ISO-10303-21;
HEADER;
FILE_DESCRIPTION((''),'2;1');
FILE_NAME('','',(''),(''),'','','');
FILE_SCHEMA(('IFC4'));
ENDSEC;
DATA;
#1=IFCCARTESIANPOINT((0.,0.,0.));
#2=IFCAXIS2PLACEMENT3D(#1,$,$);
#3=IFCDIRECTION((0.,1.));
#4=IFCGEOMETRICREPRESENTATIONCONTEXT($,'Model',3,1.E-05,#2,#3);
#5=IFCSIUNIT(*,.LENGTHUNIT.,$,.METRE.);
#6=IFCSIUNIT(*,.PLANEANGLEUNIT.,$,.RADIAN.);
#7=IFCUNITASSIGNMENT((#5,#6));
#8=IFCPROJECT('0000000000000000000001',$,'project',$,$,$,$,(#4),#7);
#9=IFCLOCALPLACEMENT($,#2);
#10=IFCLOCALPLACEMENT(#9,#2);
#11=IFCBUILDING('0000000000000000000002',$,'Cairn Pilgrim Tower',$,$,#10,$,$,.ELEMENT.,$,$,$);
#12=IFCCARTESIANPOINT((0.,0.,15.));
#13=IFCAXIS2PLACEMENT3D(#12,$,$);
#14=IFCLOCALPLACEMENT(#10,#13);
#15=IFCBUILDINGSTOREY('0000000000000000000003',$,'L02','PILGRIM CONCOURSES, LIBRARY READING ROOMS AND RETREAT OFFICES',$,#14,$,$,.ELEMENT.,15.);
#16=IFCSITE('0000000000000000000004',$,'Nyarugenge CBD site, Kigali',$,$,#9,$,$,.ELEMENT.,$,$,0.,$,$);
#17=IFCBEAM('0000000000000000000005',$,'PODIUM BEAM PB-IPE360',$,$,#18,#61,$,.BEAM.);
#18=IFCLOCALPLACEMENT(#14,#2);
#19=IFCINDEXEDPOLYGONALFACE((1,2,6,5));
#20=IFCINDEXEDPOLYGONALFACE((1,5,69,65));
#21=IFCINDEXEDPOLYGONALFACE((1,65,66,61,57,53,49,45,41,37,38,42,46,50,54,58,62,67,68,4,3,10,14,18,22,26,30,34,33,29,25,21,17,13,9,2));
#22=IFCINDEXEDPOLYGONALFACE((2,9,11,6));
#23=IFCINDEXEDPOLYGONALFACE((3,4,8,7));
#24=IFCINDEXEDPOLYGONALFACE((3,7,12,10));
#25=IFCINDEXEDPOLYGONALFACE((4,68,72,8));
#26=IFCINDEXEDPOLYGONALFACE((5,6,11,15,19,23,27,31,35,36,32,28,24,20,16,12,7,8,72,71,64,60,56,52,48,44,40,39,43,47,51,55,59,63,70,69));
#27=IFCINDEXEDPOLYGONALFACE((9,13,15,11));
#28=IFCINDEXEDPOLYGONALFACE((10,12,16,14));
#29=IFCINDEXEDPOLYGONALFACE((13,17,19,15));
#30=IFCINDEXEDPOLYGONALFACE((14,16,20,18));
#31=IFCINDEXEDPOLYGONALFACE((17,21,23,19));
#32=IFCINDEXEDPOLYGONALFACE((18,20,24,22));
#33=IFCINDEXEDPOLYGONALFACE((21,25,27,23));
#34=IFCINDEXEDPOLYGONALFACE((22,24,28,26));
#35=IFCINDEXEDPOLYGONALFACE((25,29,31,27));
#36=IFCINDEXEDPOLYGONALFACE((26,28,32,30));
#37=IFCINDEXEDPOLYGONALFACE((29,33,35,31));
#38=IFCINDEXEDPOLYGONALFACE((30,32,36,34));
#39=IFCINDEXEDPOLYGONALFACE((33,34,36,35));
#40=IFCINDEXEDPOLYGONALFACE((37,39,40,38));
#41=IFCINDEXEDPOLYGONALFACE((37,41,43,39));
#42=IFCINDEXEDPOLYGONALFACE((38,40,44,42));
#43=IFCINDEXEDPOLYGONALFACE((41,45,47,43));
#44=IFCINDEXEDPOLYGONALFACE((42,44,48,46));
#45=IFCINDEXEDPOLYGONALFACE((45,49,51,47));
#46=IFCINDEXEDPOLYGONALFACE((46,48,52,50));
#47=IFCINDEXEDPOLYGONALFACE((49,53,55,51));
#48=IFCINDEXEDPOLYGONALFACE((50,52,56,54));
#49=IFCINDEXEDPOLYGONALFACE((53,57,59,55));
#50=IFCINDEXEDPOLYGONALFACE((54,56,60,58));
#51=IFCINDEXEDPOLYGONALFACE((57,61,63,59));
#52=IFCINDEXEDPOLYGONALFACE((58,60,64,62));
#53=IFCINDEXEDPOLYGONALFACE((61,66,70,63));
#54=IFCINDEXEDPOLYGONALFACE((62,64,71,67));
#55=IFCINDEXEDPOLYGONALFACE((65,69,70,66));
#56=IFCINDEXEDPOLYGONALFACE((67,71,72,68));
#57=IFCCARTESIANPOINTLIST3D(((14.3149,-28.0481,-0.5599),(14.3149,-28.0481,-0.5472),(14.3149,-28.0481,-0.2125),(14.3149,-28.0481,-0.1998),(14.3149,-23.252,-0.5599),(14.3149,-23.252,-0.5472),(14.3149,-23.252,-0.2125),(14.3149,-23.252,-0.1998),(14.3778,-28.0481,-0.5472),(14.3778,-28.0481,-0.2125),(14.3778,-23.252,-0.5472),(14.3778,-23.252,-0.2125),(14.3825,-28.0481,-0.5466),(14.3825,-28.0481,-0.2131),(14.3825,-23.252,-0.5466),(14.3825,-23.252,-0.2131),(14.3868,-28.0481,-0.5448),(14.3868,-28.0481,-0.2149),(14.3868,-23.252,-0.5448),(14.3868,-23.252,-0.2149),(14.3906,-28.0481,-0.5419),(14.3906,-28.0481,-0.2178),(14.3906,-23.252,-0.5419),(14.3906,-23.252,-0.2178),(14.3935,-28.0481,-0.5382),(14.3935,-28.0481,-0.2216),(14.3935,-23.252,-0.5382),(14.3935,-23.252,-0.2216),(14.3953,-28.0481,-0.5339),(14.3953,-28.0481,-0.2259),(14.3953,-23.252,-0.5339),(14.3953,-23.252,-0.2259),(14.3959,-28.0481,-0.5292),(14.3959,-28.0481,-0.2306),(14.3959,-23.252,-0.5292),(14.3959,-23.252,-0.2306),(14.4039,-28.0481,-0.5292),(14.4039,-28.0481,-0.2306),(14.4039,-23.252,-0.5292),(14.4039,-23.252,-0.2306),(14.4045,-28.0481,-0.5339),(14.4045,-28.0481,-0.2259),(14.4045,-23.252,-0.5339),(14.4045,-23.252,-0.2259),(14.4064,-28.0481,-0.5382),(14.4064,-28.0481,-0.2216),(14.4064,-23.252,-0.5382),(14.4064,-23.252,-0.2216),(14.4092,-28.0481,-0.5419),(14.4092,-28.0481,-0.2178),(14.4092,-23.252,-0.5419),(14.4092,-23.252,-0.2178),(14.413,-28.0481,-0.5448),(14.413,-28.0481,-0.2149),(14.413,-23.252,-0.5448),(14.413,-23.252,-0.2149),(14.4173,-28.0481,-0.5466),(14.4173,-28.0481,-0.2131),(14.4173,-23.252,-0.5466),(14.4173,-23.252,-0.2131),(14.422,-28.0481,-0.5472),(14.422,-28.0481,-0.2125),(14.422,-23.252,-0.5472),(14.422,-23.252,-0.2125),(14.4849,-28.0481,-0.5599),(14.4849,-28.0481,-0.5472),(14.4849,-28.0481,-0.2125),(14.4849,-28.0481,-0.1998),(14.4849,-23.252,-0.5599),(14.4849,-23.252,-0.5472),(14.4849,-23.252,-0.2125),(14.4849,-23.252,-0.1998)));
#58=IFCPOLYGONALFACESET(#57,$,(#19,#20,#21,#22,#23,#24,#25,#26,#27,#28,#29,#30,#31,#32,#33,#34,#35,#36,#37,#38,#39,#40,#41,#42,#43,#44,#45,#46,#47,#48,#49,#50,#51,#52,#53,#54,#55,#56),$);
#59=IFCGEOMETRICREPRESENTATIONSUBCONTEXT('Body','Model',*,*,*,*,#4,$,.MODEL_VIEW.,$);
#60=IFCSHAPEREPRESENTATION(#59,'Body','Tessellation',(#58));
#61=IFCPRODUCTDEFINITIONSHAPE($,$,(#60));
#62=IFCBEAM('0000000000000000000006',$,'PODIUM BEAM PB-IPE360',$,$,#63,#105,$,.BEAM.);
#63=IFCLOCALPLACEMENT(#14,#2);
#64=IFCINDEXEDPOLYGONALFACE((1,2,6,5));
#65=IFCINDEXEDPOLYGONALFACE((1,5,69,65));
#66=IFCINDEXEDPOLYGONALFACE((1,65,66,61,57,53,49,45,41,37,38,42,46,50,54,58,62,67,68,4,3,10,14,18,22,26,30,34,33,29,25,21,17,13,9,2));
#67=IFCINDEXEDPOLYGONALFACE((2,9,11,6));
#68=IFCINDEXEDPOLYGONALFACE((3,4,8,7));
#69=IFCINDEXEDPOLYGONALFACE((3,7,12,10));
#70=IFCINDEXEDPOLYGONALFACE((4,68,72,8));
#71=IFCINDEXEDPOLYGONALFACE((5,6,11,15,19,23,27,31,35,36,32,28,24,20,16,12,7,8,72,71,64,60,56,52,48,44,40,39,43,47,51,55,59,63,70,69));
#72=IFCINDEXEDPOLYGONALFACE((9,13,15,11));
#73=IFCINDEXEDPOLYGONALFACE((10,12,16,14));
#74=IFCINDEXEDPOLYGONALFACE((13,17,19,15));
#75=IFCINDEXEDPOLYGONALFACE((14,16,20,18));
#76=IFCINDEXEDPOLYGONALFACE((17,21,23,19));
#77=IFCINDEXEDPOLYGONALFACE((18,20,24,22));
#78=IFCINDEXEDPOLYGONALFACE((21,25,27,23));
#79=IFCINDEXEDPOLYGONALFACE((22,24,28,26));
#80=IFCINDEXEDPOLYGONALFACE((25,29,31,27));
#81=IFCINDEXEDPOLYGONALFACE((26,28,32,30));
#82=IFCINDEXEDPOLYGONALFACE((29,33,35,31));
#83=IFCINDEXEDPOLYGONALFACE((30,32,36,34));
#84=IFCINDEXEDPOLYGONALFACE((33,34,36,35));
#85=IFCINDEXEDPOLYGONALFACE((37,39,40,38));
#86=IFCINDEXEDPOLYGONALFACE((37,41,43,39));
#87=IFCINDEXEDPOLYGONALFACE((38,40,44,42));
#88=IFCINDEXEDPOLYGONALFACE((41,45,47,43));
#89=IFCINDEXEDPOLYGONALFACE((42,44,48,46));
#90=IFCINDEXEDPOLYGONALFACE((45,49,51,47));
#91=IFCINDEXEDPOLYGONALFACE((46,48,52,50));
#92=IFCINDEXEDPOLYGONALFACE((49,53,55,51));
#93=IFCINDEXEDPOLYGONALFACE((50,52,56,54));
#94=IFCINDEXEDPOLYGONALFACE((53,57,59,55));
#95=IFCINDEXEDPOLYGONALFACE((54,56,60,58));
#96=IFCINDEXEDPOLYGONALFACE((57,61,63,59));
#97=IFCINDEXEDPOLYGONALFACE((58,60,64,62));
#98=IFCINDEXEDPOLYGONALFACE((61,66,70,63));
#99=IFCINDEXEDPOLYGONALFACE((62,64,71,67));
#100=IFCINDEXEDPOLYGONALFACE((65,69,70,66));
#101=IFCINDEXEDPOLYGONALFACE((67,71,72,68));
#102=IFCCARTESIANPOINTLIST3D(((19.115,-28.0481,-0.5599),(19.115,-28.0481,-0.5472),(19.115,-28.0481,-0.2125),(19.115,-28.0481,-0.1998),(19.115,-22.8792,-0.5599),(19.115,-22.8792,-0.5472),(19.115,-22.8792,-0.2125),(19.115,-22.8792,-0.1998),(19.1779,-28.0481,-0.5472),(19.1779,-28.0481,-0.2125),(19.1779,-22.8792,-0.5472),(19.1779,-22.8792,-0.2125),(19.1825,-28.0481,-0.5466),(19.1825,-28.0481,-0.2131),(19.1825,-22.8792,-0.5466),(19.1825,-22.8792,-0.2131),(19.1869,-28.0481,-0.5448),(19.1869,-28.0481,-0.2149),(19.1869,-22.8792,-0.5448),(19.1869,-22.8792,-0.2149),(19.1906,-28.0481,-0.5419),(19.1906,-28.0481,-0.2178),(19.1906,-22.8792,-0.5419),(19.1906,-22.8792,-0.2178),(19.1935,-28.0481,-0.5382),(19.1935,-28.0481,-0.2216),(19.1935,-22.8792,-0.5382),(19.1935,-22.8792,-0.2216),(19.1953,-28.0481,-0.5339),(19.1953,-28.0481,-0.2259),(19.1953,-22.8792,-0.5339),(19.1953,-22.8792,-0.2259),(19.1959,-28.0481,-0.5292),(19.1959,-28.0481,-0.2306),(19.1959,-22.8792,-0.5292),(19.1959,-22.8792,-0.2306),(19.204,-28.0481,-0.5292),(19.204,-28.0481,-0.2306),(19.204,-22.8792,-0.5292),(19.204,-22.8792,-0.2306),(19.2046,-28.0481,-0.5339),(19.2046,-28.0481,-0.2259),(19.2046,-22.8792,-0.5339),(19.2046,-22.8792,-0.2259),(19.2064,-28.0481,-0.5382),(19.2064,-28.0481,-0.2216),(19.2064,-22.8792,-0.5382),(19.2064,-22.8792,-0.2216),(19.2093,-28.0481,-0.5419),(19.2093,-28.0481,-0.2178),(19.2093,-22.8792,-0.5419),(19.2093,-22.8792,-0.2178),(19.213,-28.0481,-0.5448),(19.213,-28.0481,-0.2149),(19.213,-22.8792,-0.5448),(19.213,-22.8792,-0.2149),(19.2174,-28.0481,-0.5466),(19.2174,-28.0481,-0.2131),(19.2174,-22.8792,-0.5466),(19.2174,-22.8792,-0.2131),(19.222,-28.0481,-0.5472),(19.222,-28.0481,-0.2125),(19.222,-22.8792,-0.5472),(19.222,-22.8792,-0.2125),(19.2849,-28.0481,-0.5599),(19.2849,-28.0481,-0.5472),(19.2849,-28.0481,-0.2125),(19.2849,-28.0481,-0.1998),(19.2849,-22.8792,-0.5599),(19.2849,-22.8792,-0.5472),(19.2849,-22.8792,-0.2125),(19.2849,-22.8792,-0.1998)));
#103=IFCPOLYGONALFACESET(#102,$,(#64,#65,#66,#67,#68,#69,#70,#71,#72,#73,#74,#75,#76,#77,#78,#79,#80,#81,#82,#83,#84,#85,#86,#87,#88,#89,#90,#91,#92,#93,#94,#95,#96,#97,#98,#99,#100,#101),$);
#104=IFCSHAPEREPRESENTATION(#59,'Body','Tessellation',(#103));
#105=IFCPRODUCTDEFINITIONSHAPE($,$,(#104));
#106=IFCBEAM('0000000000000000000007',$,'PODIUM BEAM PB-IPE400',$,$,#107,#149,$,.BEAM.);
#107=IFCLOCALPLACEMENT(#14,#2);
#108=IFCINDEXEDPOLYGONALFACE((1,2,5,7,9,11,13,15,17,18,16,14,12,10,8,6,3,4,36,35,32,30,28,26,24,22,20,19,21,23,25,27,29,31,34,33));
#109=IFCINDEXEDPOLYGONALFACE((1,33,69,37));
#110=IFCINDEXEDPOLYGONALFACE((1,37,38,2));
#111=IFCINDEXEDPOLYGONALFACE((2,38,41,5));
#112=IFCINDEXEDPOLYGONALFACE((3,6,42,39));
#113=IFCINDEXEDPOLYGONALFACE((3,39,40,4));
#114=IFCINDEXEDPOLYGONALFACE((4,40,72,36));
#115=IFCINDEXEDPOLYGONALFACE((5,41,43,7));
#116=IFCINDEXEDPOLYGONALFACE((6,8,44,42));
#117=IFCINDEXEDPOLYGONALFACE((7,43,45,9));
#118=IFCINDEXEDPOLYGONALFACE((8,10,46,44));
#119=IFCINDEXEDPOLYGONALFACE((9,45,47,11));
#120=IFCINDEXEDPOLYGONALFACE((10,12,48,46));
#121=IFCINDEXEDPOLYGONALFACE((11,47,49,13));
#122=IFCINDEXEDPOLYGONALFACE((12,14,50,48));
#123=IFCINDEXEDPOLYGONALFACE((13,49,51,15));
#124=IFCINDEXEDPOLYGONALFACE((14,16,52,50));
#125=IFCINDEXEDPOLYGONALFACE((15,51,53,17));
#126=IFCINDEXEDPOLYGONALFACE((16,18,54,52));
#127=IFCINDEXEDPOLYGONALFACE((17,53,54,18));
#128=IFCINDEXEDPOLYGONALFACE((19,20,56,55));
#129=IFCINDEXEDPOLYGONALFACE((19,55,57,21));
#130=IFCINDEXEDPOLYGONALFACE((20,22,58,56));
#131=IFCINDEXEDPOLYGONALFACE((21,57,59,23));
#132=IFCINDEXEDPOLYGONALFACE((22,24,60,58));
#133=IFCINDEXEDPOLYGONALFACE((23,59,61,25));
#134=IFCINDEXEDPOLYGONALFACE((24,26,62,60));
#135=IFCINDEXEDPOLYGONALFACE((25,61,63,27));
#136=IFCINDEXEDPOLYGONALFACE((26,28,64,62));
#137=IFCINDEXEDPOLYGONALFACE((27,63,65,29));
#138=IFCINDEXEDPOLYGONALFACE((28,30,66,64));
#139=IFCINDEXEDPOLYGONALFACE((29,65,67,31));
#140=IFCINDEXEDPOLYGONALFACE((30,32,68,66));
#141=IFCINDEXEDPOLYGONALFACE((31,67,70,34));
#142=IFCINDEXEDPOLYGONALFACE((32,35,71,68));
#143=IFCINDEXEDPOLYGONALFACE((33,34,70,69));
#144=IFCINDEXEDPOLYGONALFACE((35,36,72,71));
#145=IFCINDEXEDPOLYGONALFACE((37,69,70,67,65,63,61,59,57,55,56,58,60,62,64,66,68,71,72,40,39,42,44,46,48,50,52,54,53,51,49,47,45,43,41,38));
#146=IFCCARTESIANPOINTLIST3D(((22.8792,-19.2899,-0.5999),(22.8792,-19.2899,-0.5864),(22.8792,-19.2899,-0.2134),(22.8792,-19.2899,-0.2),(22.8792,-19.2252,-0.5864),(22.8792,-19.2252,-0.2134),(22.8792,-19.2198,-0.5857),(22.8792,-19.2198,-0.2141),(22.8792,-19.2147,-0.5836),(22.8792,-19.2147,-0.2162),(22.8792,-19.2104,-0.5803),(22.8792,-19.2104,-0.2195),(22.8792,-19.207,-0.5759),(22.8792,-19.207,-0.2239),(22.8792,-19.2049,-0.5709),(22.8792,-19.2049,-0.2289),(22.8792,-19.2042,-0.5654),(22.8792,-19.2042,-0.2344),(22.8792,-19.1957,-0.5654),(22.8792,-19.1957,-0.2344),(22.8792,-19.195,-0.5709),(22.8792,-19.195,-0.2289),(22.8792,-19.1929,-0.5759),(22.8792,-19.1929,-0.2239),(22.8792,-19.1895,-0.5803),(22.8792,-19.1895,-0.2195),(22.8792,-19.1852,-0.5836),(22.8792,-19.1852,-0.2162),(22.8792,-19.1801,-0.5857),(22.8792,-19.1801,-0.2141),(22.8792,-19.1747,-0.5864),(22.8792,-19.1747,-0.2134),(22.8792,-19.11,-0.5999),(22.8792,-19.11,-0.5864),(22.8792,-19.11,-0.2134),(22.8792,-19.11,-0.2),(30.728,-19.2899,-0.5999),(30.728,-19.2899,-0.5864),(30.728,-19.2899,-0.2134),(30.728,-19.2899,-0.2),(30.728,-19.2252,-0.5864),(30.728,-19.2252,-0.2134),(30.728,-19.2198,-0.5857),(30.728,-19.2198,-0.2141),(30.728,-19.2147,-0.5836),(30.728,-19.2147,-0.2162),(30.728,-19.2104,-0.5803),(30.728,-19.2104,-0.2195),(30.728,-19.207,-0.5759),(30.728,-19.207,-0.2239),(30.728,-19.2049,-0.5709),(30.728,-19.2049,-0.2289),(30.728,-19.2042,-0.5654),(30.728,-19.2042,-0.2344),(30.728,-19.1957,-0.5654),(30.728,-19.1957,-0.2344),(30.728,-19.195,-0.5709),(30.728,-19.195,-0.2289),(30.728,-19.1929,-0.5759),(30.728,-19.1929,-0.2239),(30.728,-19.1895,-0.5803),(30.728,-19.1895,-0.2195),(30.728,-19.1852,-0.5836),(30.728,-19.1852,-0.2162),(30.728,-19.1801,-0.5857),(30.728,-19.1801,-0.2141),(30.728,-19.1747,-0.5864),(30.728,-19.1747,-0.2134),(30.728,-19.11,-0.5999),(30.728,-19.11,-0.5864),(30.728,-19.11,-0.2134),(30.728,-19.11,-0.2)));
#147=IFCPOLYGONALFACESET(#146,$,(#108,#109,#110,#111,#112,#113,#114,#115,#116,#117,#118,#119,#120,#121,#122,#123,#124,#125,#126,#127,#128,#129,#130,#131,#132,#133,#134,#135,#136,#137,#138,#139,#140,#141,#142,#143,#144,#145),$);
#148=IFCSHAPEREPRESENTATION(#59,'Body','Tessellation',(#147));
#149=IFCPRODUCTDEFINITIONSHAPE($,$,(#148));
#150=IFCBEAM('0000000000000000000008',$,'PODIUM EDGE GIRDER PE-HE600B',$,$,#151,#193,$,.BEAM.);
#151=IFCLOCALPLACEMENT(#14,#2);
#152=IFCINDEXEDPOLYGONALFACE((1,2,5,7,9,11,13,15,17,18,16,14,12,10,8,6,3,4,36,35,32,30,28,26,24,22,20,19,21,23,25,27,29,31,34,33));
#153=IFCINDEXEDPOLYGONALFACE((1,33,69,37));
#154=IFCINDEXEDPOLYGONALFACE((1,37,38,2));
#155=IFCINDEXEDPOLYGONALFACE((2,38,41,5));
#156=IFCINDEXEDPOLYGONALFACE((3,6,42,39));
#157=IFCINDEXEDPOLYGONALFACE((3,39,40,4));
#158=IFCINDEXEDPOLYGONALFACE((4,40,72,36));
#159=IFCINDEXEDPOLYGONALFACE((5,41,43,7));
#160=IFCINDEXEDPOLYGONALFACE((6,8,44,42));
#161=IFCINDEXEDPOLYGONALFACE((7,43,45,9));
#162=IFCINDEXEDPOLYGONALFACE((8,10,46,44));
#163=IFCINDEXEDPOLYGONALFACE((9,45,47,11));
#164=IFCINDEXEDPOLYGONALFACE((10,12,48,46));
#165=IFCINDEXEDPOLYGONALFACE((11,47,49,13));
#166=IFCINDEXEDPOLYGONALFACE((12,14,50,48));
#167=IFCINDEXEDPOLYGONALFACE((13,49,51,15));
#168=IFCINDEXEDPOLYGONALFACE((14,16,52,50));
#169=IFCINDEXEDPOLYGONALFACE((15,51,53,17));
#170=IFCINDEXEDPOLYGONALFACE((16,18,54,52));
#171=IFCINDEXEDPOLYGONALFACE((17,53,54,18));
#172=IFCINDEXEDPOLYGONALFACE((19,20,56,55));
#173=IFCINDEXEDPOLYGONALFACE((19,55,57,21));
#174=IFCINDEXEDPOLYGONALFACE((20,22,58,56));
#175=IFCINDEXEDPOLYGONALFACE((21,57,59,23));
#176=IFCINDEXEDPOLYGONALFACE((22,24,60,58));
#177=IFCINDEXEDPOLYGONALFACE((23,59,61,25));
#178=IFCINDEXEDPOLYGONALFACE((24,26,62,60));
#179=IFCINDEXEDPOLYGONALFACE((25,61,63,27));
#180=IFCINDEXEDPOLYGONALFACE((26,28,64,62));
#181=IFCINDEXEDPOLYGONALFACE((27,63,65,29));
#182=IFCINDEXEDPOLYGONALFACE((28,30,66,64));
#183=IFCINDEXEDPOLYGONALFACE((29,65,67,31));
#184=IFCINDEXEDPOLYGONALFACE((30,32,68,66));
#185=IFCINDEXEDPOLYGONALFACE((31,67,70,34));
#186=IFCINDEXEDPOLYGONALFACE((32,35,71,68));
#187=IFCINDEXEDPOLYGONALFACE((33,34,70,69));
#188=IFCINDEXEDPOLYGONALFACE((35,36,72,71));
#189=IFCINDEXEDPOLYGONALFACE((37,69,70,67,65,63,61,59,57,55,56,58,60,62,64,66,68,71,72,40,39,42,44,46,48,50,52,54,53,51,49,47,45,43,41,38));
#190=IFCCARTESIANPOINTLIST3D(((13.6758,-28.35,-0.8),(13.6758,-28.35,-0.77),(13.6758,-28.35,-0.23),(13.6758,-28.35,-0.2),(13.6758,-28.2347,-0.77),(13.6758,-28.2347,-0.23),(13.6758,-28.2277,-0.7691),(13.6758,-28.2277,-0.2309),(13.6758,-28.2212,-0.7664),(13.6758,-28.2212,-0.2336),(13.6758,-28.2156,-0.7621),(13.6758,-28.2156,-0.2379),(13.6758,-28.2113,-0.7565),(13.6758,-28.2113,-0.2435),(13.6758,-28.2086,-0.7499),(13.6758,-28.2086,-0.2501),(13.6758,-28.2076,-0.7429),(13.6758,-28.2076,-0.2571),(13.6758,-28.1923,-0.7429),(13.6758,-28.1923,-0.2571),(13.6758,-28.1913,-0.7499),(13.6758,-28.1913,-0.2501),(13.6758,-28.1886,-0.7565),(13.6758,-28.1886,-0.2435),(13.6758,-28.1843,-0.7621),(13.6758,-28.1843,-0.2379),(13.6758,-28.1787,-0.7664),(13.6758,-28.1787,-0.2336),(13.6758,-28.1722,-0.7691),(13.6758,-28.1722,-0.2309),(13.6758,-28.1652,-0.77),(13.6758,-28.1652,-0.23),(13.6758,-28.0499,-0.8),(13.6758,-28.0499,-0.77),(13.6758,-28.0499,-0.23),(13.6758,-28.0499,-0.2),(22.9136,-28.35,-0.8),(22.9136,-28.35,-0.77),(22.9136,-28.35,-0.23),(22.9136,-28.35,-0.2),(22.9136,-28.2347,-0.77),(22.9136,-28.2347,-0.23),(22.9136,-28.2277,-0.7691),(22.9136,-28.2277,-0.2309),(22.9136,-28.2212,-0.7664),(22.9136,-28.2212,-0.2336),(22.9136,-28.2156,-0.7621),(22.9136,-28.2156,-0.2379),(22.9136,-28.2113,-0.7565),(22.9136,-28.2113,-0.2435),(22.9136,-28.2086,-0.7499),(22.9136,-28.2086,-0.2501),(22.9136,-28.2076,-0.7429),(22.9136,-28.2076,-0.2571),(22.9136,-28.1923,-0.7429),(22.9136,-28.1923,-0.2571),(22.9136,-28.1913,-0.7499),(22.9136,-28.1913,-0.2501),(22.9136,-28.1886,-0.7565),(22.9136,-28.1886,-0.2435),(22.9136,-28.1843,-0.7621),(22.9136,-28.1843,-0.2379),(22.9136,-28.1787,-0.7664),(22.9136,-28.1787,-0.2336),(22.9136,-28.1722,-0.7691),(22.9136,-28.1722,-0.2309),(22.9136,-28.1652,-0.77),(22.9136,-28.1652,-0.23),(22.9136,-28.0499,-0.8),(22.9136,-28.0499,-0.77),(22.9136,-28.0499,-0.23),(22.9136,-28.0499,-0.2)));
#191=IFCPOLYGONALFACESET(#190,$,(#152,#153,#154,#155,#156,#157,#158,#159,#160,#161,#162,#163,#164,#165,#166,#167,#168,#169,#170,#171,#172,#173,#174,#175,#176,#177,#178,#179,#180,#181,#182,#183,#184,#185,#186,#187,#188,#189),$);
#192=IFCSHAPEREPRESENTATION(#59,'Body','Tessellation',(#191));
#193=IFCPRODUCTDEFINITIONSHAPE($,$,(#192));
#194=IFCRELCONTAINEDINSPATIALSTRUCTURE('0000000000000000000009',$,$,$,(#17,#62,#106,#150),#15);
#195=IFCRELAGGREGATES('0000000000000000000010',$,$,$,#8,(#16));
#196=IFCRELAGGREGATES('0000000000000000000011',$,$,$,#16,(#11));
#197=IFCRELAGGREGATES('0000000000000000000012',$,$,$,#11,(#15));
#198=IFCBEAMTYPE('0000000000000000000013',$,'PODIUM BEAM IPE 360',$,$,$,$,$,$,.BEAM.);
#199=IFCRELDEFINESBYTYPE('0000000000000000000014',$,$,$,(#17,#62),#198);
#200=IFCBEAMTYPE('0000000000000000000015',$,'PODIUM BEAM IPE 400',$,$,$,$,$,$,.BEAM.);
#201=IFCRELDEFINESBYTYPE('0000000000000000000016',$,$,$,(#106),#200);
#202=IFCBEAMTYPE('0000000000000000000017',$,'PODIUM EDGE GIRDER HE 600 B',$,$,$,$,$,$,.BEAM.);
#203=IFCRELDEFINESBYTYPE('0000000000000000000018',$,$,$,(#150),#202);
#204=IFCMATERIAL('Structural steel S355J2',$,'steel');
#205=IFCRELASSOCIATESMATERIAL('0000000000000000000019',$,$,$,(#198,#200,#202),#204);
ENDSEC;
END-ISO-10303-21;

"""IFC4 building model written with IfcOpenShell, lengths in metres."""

from ifc_helpers import new_model, si_unit, direction, frame, origin, origin_2d, place, context, subcontext, project, spatial, i_section, extrude, material, material_profile, profile_set, type_object, element, save


model = new_model("IFC4")

# Units and contexts
model_context = context("Model", 3, precision=1e-05, world=origin(), true_north=direction((0.0, 1.0)))
body_context = subcontext(model_context, "Body", "Model", "MODEL_VIEW")
ifc_project = project(units=[si_unit("LENGTHUNIT", "METRE"), si_unit("PLANEANGLEUNIT", "RADIAN")], contexts=[model_context])

# Site, building, storey
site_placement = place(None, origin())
site = spatial("IfcSite", under=ifc_project, at=site_placement, Name="Nyarugenge CBD site, Kigali", CompositionType="ELEMENT", RefElevation=0.0)
building_placement = place(site_placement, origin())
building = spatial("IfcBuilding", under=site, at=building_placement, Name="Cairn Pilgrim Tower", CompositionType="ELEMENT")
storey_placement = place(building_placement, frame((0.0, 0.0, 15.0)))
storey = spatial("IfcBuildingStorey", under=building, at=storey_placement, Name="L02", Description="PILGRIM CONCOURSES, LIBRARY READING ROOMS AND RETREAT OFFICES", CompositionType="ELEMENT", Elevation=15.0)

# Beams
ifc_material_1 = material(Name="Structural steel S355J2", Category="steel")
ifc_material_profile_1 = material_profile(ifc_material_1, i_section(OverallWidth=0.1699, OverallDepth=0.3601, WebThickness=0.0081, FlangeThickness=0.0127, FilletRadius=0.0181, at=origin_2d()), Name="IPE 360")
ifc_profile_set_1 = profile_set([ifc_material_profile_1], Name="Structural steel S355J2")
beam_type_1 = type_object("IfcBeamType", Name="PODIUM BEAM IPE 360", PredefinedType="BEAM", material=ifc_profile_set_1)
beam_1_placement = place(storey_placement, frame((14.3999, -28.0481, -0.3799), z_axis=(0.0, 1.0, 0.0), x_axis=(-1.0, 0.0, 0.0)))
element("IfcBeam", 1, at=beam_1_placement, inside=storey, type_object=beam_type_1, Name="PODIUM BEAM PB-IPE360", PredefinedType="BEAM", context=body_context, shape_type="SweptSolid", body=[
    extrude(i_section(OverallWidth=0.1699, OverallDepth=0.3601, WebThickness=0.0081, FlangeThickness=0.0127, FilletRadius=0.0181, at=origin_2d()), origin(), (0.0, 0.0, 1.0), 4.7961),
])
beam_2_placement = place(storey_placement, frame((19.2, -28.0481, -0.3799), z_axis=(0.0, 1.0, 0.0), x_axis=(-1.0, 0.0, 0.0)))
element("IfcBeam", 2, at=beam_2_placement, inside=storey, type_object=beam_type_1, Name="PODIUM BEAM PB-IPE360", PredefinedType="BEAM", context=body_context, shape_type="SweptSolid", body=[
    extrude(i_section(OverallWidth=0.1699, OverallDepth=0.3601, WebThickness=0.0081, FlangeThickness=0.0127, FilletRadius=0.0181, at=origin_2d()), origin(), (0.0, 0.0, 1.0), 5.1689),
])
ifc_material_profile_2 = material_profile(ifc_material_1, i_section(OverallWidth=0.1799, OverallDepth=0.3999, WebThickness=0.0085, FlangeThickness=0.0134, FilletRadius=0.021, at=origin_2d()), Name="IPE 400")
ifc_profile_set_2 = profile_set([ifc_material_profile_2], Name="Structural steel S355J2")
beam_type_2 = type_object("IfcBeamType", Name="PODIUM BEAM IPE 400", PredefinedType="BEAM", material=ifc_profile_set_2)
beam_3_placement = place(storey_placement, frame((22.8792, -19.2, -0.3999), z_axis=(1.0, 0.0, 0.0), x_axis=(0.0, 1.0, 0.0)))
element("IfcBeam", 3, at=beam_3_placement, inside=storey, type_object=beam_type_2, Name="PODIUM BEAM PB-IPE400", PredefinedType="BEAM", context=body_context, shape_type="SweptSolid", body=[
    extrude(i_section(OverallWidth=0.1799, OverallDepth=0.3999, WebThickness=0.0085, FlangeThickness=0.0134, FilletRadius=0.021, at=origin_2d()), origin(), (0.0, 0.0, 1.0), 7.8489),
])
ifc_material_profile_3 = material_profile(ifc_material_1, i_section(OverallWidth=0.3, OverallDepth=0.6001, WebThickness=0.0154, FlangeThickness=0.03, FilletRadius=0.0271, at=origin_2d()), Name="HEB 600")
ifc_profile_set_3 = profile_set([ifc_material_profile_3], Name="Structural steel S355J2")
beam_type_3 = type_object("IfcBeamType", Name="PODIUM EDGE GIRDER HE 600 B", PredefinedType="BEAM", material=ifc_profile_set_3)
beam_4_placement = place(storey_placement, frame((13.6758, -28.2, -0.5), z_axis=(1.0, 0.0, 0.0), x_axis=(0.0, 1.0, 0.0)))
element("IfcBeam", 4, at=beam_4_placement, inside=storey, type_object=beam_type_3, Name="PODIUM EDGE GIRDER PE-HE600B", PredefinedType="BEAM", context=body_context, shape_type="SweptSolid", body=[
    extrude(i_section(OverallWidth=0.3, OverallDepth=0.6001, WebThickness=0.0154, FlangeThickness=0.03, FilletRadius=0.0271, at=origin_2d()), origin(), (0.0, 0.0, 1.0), 9.2378),
])

save(model, "model.ifc")
